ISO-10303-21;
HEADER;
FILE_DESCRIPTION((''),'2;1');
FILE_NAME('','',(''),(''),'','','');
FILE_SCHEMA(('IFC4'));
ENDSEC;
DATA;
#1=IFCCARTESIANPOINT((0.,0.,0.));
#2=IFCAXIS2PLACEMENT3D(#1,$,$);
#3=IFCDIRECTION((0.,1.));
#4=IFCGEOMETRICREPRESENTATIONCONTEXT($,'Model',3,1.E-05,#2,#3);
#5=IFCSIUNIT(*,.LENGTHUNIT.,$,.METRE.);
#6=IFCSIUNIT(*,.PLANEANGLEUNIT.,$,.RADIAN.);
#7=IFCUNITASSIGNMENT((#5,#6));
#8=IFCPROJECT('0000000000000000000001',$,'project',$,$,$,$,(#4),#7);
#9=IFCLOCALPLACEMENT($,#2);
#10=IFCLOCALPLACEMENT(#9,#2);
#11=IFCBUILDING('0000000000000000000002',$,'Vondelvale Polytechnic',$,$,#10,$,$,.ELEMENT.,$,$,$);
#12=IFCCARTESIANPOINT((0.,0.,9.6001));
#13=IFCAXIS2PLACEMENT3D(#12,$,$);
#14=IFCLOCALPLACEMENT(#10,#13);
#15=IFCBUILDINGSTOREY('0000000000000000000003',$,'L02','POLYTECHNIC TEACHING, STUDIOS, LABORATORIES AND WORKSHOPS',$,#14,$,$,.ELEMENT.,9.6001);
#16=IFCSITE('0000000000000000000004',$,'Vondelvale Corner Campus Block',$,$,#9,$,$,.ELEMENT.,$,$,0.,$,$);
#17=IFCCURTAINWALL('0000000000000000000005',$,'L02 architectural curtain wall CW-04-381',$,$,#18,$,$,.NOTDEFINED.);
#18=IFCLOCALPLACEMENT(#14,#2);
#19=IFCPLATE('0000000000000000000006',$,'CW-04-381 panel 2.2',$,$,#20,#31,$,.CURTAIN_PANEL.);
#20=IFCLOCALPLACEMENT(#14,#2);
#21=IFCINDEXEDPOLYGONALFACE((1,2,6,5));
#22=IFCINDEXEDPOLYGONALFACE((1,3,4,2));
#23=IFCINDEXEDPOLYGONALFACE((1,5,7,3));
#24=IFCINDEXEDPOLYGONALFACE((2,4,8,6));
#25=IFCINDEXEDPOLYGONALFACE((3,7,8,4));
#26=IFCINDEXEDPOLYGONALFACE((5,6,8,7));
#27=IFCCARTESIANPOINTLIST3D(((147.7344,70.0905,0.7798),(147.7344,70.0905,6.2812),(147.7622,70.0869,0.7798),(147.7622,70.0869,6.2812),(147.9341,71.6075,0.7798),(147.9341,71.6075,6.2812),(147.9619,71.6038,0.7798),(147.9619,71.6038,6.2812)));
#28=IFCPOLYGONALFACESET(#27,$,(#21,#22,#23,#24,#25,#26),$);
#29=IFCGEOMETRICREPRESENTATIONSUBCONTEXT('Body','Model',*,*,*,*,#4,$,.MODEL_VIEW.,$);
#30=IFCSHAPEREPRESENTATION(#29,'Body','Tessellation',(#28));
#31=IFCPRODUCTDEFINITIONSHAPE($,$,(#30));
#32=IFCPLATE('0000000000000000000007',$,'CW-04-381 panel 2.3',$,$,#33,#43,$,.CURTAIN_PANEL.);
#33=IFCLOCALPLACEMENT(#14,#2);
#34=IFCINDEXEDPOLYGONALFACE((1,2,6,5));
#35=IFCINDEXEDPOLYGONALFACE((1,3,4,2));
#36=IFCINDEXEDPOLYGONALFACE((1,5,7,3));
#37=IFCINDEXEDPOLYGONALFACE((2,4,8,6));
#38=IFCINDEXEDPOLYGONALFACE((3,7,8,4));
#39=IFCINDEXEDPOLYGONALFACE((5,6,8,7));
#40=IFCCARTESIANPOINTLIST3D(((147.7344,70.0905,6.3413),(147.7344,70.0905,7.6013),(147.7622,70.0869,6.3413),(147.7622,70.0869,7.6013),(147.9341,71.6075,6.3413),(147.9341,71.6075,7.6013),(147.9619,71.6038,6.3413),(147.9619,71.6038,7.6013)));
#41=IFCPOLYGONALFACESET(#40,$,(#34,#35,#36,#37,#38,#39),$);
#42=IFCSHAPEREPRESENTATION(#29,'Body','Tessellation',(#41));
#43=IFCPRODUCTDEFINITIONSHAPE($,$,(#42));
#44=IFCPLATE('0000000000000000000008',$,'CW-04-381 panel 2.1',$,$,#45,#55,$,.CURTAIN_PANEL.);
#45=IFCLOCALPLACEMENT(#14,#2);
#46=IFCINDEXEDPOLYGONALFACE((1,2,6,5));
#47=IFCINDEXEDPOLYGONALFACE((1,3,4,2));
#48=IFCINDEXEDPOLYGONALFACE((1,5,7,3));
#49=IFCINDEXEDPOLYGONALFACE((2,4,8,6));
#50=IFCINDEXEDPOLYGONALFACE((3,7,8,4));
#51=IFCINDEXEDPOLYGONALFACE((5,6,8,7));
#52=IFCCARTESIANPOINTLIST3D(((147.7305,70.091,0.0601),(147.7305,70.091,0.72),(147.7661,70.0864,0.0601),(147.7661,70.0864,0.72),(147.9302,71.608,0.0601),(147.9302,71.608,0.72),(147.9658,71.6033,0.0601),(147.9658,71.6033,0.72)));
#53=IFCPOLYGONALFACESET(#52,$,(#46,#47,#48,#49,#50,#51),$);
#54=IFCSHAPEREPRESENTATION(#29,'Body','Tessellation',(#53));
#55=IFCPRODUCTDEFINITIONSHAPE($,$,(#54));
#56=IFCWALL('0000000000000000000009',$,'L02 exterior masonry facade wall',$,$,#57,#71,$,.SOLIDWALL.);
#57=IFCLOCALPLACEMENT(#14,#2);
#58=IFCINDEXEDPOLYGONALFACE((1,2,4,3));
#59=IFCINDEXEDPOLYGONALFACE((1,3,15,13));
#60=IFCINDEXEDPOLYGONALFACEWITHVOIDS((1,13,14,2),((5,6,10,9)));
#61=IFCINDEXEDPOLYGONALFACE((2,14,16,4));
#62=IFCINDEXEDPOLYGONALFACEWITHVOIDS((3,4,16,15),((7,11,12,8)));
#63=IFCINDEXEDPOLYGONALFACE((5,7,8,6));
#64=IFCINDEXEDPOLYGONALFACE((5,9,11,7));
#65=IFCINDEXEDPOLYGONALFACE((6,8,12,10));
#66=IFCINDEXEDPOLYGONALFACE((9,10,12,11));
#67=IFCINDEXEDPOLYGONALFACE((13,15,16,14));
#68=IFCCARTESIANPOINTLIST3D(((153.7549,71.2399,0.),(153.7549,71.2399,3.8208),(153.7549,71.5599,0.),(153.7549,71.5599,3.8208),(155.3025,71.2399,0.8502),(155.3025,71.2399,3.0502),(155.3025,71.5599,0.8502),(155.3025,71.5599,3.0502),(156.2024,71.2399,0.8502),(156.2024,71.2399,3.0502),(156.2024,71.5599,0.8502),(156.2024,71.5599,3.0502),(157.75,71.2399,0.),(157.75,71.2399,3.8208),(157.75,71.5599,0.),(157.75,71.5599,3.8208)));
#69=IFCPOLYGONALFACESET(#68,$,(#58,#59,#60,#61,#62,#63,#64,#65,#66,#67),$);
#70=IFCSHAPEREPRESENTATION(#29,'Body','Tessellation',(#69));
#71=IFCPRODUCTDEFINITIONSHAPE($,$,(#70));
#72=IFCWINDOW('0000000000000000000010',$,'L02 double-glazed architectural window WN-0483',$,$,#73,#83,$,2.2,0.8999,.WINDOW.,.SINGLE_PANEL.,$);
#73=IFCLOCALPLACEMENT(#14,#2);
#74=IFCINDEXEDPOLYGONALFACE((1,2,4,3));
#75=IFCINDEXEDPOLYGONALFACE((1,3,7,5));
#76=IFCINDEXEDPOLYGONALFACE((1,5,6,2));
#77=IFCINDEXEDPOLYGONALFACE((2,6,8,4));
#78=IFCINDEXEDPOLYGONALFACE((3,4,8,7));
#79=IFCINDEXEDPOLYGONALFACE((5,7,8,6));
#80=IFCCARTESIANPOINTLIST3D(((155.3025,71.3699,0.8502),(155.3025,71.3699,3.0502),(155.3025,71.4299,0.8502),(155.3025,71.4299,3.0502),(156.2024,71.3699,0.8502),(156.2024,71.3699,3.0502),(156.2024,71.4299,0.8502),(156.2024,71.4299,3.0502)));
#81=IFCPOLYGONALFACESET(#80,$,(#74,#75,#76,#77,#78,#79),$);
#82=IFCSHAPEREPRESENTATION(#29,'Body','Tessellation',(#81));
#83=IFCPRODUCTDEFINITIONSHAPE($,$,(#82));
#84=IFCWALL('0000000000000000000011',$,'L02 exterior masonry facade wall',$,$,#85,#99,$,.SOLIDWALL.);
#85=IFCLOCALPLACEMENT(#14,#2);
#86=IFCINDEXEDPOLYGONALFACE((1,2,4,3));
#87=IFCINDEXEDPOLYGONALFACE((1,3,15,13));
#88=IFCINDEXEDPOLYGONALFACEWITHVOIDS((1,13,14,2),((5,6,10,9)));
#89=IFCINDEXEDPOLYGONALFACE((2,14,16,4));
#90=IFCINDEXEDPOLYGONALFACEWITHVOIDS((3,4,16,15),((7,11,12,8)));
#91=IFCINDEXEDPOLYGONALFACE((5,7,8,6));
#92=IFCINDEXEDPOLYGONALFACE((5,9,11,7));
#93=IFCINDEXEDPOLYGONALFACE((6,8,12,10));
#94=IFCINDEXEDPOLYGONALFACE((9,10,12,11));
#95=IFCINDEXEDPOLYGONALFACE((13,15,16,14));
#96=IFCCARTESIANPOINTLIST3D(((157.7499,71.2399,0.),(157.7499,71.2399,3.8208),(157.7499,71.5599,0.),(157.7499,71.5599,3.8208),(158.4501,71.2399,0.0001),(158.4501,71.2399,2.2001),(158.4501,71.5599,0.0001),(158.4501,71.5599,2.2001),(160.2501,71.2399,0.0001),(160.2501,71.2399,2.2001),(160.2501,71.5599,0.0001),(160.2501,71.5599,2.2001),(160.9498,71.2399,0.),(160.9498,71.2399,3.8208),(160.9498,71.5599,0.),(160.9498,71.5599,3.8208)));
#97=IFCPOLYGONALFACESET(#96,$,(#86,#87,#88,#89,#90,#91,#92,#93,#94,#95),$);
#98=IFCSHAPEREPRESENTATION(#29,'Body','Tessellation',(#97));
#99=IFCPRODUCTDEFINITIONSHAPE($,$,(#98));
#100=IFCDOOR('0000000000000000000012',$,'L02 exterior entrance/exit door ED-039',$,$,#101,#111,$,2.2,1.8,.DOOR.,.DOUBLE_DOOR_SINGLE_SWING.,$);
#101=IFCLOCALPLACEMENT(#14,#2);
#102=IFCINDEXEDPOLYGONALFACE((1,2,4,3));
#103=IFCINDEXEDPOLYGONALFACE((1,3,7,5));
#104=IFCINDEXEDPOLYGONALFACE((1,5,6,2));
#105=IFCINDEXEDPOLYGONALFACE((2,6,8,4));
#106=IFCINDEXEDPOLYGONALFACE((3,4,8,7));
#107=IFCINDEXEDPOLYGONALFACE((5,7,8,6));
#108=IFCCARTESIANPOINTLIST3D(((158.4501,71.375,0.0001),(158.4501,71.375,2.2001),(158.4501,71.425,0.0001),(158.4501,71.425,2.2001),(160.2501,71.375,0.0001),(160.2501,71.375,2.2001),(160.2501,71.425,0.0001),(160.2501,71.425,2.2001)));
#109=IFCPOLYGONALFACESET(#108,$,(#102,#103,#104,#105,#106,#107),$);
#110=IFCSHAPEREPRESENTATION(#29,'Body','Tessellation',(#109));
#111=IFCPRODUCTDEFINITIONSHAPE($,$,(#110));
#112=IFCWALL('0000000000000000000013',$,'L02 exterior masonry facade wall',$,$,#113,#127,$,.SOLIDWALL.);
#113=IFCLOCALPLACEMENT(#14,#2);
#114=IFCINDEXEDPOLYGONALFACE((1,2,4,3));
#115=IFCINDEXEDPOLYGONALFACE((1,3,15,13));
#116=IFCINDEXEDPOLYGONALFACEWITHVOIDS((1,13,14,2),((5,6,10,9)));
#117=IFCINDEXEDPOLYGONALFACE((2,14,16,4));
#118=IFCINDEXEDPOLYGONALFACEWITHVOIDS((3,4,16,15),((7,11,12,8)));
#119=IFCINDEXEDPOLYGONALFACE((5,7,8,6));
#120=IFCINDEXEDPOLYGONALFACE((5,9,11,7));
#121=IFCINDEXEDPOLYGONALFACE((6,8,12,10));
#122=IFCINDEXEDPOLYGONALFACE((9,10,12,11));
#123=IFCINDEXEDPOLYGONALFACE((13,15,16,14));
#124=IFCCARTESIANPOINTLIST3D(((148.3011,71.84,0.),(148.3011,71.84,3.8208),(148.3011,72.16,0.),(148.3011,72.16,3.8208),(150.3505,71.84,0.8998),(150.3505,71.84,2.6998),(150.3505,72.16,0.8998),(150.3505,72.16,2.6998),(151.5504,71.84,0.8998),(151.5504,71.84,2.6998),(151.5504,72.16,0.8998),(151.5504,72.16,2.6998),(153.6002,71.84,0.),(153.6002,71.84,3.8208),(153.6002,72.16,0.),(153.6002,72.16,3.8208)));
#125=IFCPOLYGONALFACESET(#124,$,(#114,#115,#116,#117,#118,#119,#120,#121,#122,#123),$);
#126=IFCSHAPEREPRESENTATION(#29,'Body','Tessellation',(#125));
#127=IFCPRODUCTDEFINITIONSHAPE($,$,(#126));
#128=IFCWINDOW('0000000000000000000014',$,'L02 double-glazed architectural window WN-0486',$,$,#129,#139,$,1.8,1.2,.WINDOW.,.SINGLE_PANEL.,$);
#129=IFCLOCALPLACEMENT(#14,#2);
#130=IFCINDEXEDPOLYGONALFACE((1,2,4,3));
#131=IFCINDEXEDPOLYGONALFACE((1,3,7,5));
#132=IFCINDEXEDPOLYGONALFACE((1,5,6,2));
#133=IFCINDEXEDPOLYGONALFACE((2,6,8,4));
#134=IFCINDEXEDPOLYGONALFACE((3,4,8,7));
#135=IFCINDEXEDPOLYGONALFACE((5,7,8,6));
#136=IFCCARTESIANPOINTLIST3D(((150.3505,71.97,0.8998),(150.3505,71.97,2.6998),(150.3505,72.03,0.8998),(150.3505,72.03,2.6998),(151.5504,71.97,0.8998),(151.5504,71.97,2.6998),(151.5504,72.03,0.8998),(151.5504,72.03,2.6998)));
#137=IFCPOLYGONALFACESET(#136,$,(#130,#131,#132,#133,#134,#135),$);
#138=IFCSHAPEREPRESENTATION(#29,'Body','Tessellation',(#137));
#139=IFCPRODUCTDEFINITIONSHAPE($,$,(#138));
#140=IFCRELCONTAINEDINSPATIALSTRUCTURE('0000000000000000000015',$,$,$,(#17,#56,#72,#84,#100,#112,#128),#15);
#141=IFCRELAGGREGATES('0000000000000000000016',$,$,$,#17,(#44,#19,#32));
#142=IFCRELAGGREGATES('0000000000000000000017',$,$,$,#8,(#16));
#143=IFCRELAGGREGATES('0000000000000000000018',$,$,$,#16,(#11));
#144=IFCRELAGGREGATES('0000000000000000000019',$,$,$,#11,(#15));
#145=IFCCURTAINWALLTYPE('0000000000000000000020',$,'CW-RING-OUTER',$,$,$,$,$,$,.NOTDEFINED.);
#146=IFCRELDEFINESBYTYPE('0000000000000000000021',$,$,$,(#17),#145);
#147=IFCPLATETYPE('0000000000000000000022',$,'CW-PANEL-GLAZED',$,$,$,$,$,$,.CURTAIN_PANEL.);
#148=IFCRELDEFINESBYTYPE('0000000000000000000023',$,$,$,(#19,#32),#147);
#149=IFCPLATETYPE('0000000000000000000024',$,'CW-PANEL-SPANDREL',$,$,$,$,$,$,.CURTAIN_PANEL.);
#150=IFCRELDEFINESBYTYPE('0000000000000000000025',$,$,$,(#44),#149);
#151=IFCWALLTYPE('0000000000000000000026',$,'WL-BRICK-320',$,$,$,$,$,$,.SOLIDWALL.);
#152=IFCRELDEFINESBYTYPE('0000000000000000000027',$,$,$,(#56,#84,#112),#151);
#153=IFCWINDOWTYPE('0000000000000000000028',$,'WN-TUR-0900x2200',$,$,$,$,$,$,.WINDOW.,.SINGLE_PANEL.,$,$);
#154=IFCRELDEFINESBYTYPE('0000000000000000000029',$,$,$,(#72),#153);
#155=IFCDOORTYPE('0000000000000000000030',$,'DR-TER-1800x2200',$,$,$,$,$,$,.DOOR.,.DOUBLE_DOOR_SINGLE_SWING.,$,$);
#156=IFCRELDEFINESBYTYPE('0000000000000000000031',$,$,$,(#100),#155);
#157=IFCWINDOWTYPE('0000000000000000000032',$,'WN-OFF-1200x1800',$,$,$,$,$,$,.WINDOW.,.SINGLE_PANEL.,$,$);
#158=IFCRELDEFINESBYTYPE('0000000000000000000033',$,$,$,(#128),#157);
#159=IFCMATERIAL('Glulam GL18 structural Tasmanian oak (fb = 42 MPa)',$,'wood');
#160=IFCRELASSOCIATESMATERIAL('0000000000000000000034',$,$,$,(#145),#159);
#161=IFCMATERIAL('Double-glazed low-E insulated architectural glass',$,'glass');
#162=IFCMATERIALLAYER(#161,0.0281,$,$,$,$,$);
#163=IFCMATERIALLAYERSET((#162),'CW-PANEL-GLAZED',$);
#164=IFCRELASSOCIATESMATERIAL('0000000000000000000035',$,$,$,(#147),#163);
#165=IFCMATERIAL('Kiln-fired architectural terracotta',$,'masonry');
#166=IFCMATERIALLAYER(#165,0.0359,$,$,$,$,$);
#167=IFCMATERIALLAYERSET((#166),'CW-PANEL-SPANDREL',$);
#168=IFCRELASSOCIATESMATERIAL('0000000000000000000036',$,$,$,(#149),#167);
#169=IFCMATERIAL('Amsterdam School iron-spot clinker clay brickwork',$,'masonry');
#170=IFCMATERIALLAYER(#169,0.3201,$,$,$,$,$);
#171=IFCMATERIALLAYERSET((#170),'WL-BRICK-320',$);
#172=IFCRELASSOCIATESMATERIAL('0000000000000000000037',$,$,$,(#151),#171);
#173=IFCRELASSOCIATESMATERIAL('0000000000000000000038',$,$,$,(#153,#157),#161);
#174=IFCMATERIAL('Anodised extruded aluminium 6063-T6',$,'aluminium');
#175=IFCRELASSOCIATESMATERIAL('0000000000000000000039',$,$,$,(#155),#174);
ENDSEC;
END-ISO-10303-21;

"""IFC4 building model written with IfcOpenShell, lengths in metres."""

from ifc_helpers import new_model, si_unit, direction, frame, frame_2d, origin, origin_2d, place, context, subcontext, project, spatial, rectangle, extrude, material, layer, layer_set, type_object, element, fill, aggregate, save


model = new_model("IFC4")

# Units and contexts
model_context = context("Model", 3, precision=1e-05, world=origin(), true_north=direction((0.0, 1.0)))
body_context = subcontext(model_context, "Body", "Model", "MODEL_VIEW")
ifc_project = project(units=[si_unit("LENGTHUNIT", "METRE"), si_unit("PLANEANGLEUNIT", "RADIAN")], contexts=[model_context])

# Site, building, storey
site_placement = place(None, origin())
site = spatial("IfcSite", under=ifc_project, at=site_placement, Name="Vondelvale Corner Campus Block", CompositionType="ELEMENT", RefElevation=0.0)
building_placement = place(site_placement, origin())
building = spatial("IfcBuilding", under=site, at=building_placement, Name="Vondelvale Polytechnic", CompositionType="ELEMENT")
storey_placement = place(building_placement, frame((0.0, 0.0, 9.6001)))
storey = spatial("IfcBuildingStorey", under=building, at=storey_placement, Name="L02", Description="POLYTECHNIC TEACHING, STUDIOS, LABORATORIES AND WORKSHOPS", CompositionType="ELEMENT", Elevation=9.6001)

# Curtain wall, plates
ifc_material_1 = material(Name="Glulam GL18 structural Tasmanian oak (fb = 42 MPa)", Category="wood")
curtain_wall_type = type_object("IfcCurtainWallType", Name="CW-RING-OUTER", PredefinedType="NOTDEFINED", material=ifc_material_1)
curtain_wall_placement = place(storey_placement, origin())
curtain_wall = element("IfcCurtainWall", 1, at=curtain_wall_placement, inside=storey, type_object=curtain_wall_type, Name="L02 architectural curtain wall CW-04-381", PredefinedType="NOTDEFINED")
ifc_material_2 = material(Name="Anodised extruded aluminium 6063-T6", Category="aluminium")
ifc_material_3 = material(Name="Double-glazed low-E insulated architectural glass", Category="glass")
ifc_layer_1 = layer(ifc_material_3, 0.0281)
ifc_layer_set_1 = layer_set([ifc_layer_1], Name="CW-PANEL-GLAZED")
plate_type_1 = type_object("IfcPlateType", Name="CW-PANEL-GLAZED", PredefinedType="CURTAIN_PANEL", material=ifc_layer_set_1)
plate_1_placement = place(storey_placement, frame((147.8481, 70.8472, 0.7798), z_axis=(0.0, 0.0, 1.0), x_axis=(0.13054, 0.991443, 0.0)))
plate_1 = element("IfcPlate", 2, at=plate_1_placement, type_object=plate_type_1, Name="CW-04-381 panel 2.2", PredefinedType="CURTAIN_PANEL", context=body_context, shape_type="SweptSolid", body=[
    extrude(rectangle(XDim=1.53, YDim=0.0281, at=origin_2d()), origin(), (0.0, 0.0, 1.0), 5.5015),
])
plate_2_placement = place(storey_placement, frame((147.8481, 70.8472, 6.3413), z_axis=(0.0, 0.0, 1.0), x_axis=(0.13054, 0.991443, 0.0)))
plate_2 = element("IfcPlate", 3, at=plate_2_placement, type_object=plate_type_1, Name="CW-04-381 panel 2.3", PredefinedType="CURTAIN_PANEL", context=body_context, shape_type="SweptSolid", body=[
    extrude(rectangle(XDim=1.53, YDim=0.0281, at=origin_2d()), origin(), (0.0, 0.0, 1.0), 1.26),
])
ifc_material_4 = material(Name="Kiln-fired architectural terracotta", Category="masonry")
ifc_layer_2 = layer(ifc_material_4, 0.0359)
ifc_layer_set_2 = layer_set([ifc_layer_2], Name="CW-PANEL-SPANDREL")
plate_type_2 = type_object("IfcPlateType", Name="CW-PANEL-SPANDREL", PredefinedType="CURTAIN_PANEL", material=ifc_layer_set_2)
plate_3_placement = place(storey_placement, frame((147.8481, 70.8472, 0.0601), z_axis=(0.0, 0.0, 1.0), x_axis=(0.13054, 0.991443, 0.0)))
plate_3 = element("IfcPlate", 4, at=plate_3_placement, type_object=plate_type_2, Name="CW-04-381 panel 2.1", PredefinedType="CURTAIN_PANEL", context=body_context, shape_type="SweptSolid", body=[
    extrude(rectangle(XDim=1.53, YDim=0.0359, at=origin_2d()), origin(), (0.0, 0.0, 1.0), 0.6599),
])
aggregate(curtain_wall, [plate_3, plate_1, plate_2])

# Wall, opening, window
ifc_material_5 = material(Name="Amsterdam School iron-spot clinker clay brickwork", Category="masonry")
ifc_layer_3 = layer(ifc_material_5, 0.3201)
ifc_layer_set_3 = layer_set([ifc_layer_3], Name="WL-BRICK-320")
wall_type_1 = type_object("IfcWallType", Name="WL-BRICK-320", PredefinedType="SOLIDWALL", material=ifc_layer_set_3)
wall_1_placement = place(storey_placement, frame((157.75, 71.3999, 0.0), z_axis=(0.0, 0.0, 1.0), x_axis=(-1.0, 0.0, 0.0)))
wall_1 = element("IfcWall", 5, at=wall_1_placement, inside=storey, type_object=wall_type_1, Name="L02 exterior masonry facade wall", PredefinedType="SOLIDWALL", context=body_context, shape_type="SweptSolid", body=[
    extrude(rectangle(XDim=3.9951, YDim=0.3201, at=frame_2d((1.9976, 0.0))), origin(), (0.0, 0.0, 1.0), 3.8208),
])
opening_1_placement = place(wall_1_placement, frame((1.5476, 0.0, 0.8501)))
opening_1 = element("IfcOpeningElement", 6, at=opening_1_placement, cuts=wall_1, PredefinedType="OPENING", context=body_context, shape_type="SweptSolid", body=[
    extrude(rectangle(XDim=0.8999, YDim=2.2, at=frame_2d((0.45, 1.1001))), frame((0.0, 0.1699, 0.0), z_axis=(0.0, -1.0, 0.0), x_axis=(1.0, 0.0, 0.0)), (0.0, 0.0, 1.0), 0.3401),
])
window_type_1 = type_object("IfcWindowType", Name="WN-TUR-0900x2200", PartitioningType="SINGLE_PANEL", PredefinedType="WINDOW", material=ifc_material_3)
window_1_placement = place(opening_1_placement, origin())
window_1 = element("IfcWindow", 7, at=window_1_placement, inside=storey, type_object=window_type_1, Name="L02 double-glazed architectural window WN-0483", OverallHeight=2.2, OverallWidth=0.8999, PartitioningType="SINGLE_PANEL", PredefinedType="WINDOW", context=body_context, shape_type="SweptSolid", body=[
    extrude(rectangle(XDim=0.8999, YDim=2.2, at=frame_2d((0.45, 1.1001))), frame((0.0, 0.03, 0.0), z_axis=(0.0, -1.0, 0.0), x_axis=(1.0, 0.0, 0.0)), (0.0, 0.0, 1.0), 0.0601),
])
fill(opening_1, window_1)

# Wall, opening, door
wall_2_placement = place(storey_placement, frame((160.95, 71.3999, 0.0), z_axis=(0.0, 0.0, 1.0), x_axis=(-1.0, 0.0, 0.0)))
wall_2 = element("IfcWall", 8, at=wall_2_placement, inside=storey, type_object=wall_type_1, Name="L02 exterior masonry facade wall", PredefinedType="SOLIDWALL", context=body_context, shape_type="SweptSolid", body=[
    extrude(rectangle(XDim=3.2, YDim=0.3201, at=frame_2d((1.6001, 0.0))), origin(), (0.0, 0.0, 1.0), 3.8208),
])
opening_2_placement = place(wall_2_placement, frame((0.7, 0.0, 0.0)))
opening_2 = element("IfcOpeningElement", 9, at=opening_2_placement, cuts=wall_2, PredefinedType="OPENING", context=body_context, shape_type="SweptSolid", body=[
    extrude(rectangle(XDim=1.8, YDim=2.2, at=frame_2d((0.8999, 1.1001))), frame((0.0, 0.1699, 0.0), z_axis=(0.0, -1.0, 0.0), x_axis=(1.0, 0.0, 0.0)), (0.0, 0.0, 1.0), 0.3401),
])
door_type_1 = type_object("IfcDoorType", Name="DR-TER-1800x2200", OperationType="DOUBLE_DOOR_SINGLE_SWING", PredefinedType="DOOR", material=ifc_material_2)
door_1_placement = place(opening_2_placement, origin())
door_1 = element("IfcDoor", 10, at=door_1_placement, inside=storey, type_object=door_type_1, Name="L02 exterior entrance/exit door ED-039", OperationType="DOUBLE_DOOR_SINGLE_SWING", OverallHeight=2.2, OverallWidth=1.8, PredefinedType="DOOR", context=body_context, shape_type="SweptSolid", body=[
    extrude(rectangle(XDim=1.8, YDim=2.2, at=frame_2d((0.8999, 1.1001))), frame((0.0, 0.0249, 0.0), z_axis=(0.0, -1.0, 0.0), x_axis=(1.0, 0.0, 0.0)), (0.0, 0.0, 1.0), 0.05),
])
fill(opening_2, door_1)

# Wall, opening, window
wall_3_placement = place(storey_placement, frame((153.6001, 72.0, 0.0), z_axis=(0.0, 0.0, 1.0), x_axis=(-1.0, 0.0, 0.0)))
wall_3 = element("IfcWall", 11, at=wall_3_placement, inside=storey, type_object=wall_type_1, Name="L02 exterior masonry facade wall", PredefinedType="SOLIDWALL", context=body_context, shape_type="SweptSolid", body=[
    extrude(rectangle(XDim=5.2991, YDim=0.3201, at=frame_2d((2.6494, 0.0))), origin(), (0.0, 0.0, 1.0), 3.8208),
])
opening_3_placement = place(wall_3_placement, frame((2.0496, 0.0, 0.8999)))
opening_3 = element("IfcOpeningElement", 12, at=opening_3_placement, cuts=wall_3, PredefinedType="OPENING", context=body_context, shape_type="SweptSolid", body=[
    extrude(rectangle(XDim=1.2, YDim=1.8, at=frame_2d((0.6001, 0.8999))), frame((0.0, 0.1699, 0.0), z_axis=(0.0, -1.0, 0.0), x_axis=(1.0, 0.0, 0.0)), (0.0, 0.0, 1.0), 0.3401),
])
window_type_2 = type_object("IfcWindowType", Name="WN-OFF-1200x1800", PartitioningType="SINGLE_PANEL", PredefinedType="WINDOW", material=ifc_material_3)
window_2_placement = place(opening_3_placement, origin())
window_2 = element("IfcWindow", 13, at=window_2_placement, inside=storey, type_object=window_type_2, Name="L02 double-glazed architectural window WN-0486", OverallHeight=1.8, OverallWidth=1.2, PartitioningType="SINGLE_PANEL", PredefinedType="WINDOW", context=body_context, shape_type="SweptSolid", body=[
    extrude(rectangle(XDim=1.2, YDim=1.8, at=frame_2d((0.6001, 0.8999))), frame((0.0, 0.03, 0.0), z_axis=(0.0, -1.0, 0.0), x_axis=(1.0, 0.0, 0.0)), (0.0, 0.0, 1.0), 0.0601),
])
fill(opening_3, window_2)

save(model, "model.ifc")
